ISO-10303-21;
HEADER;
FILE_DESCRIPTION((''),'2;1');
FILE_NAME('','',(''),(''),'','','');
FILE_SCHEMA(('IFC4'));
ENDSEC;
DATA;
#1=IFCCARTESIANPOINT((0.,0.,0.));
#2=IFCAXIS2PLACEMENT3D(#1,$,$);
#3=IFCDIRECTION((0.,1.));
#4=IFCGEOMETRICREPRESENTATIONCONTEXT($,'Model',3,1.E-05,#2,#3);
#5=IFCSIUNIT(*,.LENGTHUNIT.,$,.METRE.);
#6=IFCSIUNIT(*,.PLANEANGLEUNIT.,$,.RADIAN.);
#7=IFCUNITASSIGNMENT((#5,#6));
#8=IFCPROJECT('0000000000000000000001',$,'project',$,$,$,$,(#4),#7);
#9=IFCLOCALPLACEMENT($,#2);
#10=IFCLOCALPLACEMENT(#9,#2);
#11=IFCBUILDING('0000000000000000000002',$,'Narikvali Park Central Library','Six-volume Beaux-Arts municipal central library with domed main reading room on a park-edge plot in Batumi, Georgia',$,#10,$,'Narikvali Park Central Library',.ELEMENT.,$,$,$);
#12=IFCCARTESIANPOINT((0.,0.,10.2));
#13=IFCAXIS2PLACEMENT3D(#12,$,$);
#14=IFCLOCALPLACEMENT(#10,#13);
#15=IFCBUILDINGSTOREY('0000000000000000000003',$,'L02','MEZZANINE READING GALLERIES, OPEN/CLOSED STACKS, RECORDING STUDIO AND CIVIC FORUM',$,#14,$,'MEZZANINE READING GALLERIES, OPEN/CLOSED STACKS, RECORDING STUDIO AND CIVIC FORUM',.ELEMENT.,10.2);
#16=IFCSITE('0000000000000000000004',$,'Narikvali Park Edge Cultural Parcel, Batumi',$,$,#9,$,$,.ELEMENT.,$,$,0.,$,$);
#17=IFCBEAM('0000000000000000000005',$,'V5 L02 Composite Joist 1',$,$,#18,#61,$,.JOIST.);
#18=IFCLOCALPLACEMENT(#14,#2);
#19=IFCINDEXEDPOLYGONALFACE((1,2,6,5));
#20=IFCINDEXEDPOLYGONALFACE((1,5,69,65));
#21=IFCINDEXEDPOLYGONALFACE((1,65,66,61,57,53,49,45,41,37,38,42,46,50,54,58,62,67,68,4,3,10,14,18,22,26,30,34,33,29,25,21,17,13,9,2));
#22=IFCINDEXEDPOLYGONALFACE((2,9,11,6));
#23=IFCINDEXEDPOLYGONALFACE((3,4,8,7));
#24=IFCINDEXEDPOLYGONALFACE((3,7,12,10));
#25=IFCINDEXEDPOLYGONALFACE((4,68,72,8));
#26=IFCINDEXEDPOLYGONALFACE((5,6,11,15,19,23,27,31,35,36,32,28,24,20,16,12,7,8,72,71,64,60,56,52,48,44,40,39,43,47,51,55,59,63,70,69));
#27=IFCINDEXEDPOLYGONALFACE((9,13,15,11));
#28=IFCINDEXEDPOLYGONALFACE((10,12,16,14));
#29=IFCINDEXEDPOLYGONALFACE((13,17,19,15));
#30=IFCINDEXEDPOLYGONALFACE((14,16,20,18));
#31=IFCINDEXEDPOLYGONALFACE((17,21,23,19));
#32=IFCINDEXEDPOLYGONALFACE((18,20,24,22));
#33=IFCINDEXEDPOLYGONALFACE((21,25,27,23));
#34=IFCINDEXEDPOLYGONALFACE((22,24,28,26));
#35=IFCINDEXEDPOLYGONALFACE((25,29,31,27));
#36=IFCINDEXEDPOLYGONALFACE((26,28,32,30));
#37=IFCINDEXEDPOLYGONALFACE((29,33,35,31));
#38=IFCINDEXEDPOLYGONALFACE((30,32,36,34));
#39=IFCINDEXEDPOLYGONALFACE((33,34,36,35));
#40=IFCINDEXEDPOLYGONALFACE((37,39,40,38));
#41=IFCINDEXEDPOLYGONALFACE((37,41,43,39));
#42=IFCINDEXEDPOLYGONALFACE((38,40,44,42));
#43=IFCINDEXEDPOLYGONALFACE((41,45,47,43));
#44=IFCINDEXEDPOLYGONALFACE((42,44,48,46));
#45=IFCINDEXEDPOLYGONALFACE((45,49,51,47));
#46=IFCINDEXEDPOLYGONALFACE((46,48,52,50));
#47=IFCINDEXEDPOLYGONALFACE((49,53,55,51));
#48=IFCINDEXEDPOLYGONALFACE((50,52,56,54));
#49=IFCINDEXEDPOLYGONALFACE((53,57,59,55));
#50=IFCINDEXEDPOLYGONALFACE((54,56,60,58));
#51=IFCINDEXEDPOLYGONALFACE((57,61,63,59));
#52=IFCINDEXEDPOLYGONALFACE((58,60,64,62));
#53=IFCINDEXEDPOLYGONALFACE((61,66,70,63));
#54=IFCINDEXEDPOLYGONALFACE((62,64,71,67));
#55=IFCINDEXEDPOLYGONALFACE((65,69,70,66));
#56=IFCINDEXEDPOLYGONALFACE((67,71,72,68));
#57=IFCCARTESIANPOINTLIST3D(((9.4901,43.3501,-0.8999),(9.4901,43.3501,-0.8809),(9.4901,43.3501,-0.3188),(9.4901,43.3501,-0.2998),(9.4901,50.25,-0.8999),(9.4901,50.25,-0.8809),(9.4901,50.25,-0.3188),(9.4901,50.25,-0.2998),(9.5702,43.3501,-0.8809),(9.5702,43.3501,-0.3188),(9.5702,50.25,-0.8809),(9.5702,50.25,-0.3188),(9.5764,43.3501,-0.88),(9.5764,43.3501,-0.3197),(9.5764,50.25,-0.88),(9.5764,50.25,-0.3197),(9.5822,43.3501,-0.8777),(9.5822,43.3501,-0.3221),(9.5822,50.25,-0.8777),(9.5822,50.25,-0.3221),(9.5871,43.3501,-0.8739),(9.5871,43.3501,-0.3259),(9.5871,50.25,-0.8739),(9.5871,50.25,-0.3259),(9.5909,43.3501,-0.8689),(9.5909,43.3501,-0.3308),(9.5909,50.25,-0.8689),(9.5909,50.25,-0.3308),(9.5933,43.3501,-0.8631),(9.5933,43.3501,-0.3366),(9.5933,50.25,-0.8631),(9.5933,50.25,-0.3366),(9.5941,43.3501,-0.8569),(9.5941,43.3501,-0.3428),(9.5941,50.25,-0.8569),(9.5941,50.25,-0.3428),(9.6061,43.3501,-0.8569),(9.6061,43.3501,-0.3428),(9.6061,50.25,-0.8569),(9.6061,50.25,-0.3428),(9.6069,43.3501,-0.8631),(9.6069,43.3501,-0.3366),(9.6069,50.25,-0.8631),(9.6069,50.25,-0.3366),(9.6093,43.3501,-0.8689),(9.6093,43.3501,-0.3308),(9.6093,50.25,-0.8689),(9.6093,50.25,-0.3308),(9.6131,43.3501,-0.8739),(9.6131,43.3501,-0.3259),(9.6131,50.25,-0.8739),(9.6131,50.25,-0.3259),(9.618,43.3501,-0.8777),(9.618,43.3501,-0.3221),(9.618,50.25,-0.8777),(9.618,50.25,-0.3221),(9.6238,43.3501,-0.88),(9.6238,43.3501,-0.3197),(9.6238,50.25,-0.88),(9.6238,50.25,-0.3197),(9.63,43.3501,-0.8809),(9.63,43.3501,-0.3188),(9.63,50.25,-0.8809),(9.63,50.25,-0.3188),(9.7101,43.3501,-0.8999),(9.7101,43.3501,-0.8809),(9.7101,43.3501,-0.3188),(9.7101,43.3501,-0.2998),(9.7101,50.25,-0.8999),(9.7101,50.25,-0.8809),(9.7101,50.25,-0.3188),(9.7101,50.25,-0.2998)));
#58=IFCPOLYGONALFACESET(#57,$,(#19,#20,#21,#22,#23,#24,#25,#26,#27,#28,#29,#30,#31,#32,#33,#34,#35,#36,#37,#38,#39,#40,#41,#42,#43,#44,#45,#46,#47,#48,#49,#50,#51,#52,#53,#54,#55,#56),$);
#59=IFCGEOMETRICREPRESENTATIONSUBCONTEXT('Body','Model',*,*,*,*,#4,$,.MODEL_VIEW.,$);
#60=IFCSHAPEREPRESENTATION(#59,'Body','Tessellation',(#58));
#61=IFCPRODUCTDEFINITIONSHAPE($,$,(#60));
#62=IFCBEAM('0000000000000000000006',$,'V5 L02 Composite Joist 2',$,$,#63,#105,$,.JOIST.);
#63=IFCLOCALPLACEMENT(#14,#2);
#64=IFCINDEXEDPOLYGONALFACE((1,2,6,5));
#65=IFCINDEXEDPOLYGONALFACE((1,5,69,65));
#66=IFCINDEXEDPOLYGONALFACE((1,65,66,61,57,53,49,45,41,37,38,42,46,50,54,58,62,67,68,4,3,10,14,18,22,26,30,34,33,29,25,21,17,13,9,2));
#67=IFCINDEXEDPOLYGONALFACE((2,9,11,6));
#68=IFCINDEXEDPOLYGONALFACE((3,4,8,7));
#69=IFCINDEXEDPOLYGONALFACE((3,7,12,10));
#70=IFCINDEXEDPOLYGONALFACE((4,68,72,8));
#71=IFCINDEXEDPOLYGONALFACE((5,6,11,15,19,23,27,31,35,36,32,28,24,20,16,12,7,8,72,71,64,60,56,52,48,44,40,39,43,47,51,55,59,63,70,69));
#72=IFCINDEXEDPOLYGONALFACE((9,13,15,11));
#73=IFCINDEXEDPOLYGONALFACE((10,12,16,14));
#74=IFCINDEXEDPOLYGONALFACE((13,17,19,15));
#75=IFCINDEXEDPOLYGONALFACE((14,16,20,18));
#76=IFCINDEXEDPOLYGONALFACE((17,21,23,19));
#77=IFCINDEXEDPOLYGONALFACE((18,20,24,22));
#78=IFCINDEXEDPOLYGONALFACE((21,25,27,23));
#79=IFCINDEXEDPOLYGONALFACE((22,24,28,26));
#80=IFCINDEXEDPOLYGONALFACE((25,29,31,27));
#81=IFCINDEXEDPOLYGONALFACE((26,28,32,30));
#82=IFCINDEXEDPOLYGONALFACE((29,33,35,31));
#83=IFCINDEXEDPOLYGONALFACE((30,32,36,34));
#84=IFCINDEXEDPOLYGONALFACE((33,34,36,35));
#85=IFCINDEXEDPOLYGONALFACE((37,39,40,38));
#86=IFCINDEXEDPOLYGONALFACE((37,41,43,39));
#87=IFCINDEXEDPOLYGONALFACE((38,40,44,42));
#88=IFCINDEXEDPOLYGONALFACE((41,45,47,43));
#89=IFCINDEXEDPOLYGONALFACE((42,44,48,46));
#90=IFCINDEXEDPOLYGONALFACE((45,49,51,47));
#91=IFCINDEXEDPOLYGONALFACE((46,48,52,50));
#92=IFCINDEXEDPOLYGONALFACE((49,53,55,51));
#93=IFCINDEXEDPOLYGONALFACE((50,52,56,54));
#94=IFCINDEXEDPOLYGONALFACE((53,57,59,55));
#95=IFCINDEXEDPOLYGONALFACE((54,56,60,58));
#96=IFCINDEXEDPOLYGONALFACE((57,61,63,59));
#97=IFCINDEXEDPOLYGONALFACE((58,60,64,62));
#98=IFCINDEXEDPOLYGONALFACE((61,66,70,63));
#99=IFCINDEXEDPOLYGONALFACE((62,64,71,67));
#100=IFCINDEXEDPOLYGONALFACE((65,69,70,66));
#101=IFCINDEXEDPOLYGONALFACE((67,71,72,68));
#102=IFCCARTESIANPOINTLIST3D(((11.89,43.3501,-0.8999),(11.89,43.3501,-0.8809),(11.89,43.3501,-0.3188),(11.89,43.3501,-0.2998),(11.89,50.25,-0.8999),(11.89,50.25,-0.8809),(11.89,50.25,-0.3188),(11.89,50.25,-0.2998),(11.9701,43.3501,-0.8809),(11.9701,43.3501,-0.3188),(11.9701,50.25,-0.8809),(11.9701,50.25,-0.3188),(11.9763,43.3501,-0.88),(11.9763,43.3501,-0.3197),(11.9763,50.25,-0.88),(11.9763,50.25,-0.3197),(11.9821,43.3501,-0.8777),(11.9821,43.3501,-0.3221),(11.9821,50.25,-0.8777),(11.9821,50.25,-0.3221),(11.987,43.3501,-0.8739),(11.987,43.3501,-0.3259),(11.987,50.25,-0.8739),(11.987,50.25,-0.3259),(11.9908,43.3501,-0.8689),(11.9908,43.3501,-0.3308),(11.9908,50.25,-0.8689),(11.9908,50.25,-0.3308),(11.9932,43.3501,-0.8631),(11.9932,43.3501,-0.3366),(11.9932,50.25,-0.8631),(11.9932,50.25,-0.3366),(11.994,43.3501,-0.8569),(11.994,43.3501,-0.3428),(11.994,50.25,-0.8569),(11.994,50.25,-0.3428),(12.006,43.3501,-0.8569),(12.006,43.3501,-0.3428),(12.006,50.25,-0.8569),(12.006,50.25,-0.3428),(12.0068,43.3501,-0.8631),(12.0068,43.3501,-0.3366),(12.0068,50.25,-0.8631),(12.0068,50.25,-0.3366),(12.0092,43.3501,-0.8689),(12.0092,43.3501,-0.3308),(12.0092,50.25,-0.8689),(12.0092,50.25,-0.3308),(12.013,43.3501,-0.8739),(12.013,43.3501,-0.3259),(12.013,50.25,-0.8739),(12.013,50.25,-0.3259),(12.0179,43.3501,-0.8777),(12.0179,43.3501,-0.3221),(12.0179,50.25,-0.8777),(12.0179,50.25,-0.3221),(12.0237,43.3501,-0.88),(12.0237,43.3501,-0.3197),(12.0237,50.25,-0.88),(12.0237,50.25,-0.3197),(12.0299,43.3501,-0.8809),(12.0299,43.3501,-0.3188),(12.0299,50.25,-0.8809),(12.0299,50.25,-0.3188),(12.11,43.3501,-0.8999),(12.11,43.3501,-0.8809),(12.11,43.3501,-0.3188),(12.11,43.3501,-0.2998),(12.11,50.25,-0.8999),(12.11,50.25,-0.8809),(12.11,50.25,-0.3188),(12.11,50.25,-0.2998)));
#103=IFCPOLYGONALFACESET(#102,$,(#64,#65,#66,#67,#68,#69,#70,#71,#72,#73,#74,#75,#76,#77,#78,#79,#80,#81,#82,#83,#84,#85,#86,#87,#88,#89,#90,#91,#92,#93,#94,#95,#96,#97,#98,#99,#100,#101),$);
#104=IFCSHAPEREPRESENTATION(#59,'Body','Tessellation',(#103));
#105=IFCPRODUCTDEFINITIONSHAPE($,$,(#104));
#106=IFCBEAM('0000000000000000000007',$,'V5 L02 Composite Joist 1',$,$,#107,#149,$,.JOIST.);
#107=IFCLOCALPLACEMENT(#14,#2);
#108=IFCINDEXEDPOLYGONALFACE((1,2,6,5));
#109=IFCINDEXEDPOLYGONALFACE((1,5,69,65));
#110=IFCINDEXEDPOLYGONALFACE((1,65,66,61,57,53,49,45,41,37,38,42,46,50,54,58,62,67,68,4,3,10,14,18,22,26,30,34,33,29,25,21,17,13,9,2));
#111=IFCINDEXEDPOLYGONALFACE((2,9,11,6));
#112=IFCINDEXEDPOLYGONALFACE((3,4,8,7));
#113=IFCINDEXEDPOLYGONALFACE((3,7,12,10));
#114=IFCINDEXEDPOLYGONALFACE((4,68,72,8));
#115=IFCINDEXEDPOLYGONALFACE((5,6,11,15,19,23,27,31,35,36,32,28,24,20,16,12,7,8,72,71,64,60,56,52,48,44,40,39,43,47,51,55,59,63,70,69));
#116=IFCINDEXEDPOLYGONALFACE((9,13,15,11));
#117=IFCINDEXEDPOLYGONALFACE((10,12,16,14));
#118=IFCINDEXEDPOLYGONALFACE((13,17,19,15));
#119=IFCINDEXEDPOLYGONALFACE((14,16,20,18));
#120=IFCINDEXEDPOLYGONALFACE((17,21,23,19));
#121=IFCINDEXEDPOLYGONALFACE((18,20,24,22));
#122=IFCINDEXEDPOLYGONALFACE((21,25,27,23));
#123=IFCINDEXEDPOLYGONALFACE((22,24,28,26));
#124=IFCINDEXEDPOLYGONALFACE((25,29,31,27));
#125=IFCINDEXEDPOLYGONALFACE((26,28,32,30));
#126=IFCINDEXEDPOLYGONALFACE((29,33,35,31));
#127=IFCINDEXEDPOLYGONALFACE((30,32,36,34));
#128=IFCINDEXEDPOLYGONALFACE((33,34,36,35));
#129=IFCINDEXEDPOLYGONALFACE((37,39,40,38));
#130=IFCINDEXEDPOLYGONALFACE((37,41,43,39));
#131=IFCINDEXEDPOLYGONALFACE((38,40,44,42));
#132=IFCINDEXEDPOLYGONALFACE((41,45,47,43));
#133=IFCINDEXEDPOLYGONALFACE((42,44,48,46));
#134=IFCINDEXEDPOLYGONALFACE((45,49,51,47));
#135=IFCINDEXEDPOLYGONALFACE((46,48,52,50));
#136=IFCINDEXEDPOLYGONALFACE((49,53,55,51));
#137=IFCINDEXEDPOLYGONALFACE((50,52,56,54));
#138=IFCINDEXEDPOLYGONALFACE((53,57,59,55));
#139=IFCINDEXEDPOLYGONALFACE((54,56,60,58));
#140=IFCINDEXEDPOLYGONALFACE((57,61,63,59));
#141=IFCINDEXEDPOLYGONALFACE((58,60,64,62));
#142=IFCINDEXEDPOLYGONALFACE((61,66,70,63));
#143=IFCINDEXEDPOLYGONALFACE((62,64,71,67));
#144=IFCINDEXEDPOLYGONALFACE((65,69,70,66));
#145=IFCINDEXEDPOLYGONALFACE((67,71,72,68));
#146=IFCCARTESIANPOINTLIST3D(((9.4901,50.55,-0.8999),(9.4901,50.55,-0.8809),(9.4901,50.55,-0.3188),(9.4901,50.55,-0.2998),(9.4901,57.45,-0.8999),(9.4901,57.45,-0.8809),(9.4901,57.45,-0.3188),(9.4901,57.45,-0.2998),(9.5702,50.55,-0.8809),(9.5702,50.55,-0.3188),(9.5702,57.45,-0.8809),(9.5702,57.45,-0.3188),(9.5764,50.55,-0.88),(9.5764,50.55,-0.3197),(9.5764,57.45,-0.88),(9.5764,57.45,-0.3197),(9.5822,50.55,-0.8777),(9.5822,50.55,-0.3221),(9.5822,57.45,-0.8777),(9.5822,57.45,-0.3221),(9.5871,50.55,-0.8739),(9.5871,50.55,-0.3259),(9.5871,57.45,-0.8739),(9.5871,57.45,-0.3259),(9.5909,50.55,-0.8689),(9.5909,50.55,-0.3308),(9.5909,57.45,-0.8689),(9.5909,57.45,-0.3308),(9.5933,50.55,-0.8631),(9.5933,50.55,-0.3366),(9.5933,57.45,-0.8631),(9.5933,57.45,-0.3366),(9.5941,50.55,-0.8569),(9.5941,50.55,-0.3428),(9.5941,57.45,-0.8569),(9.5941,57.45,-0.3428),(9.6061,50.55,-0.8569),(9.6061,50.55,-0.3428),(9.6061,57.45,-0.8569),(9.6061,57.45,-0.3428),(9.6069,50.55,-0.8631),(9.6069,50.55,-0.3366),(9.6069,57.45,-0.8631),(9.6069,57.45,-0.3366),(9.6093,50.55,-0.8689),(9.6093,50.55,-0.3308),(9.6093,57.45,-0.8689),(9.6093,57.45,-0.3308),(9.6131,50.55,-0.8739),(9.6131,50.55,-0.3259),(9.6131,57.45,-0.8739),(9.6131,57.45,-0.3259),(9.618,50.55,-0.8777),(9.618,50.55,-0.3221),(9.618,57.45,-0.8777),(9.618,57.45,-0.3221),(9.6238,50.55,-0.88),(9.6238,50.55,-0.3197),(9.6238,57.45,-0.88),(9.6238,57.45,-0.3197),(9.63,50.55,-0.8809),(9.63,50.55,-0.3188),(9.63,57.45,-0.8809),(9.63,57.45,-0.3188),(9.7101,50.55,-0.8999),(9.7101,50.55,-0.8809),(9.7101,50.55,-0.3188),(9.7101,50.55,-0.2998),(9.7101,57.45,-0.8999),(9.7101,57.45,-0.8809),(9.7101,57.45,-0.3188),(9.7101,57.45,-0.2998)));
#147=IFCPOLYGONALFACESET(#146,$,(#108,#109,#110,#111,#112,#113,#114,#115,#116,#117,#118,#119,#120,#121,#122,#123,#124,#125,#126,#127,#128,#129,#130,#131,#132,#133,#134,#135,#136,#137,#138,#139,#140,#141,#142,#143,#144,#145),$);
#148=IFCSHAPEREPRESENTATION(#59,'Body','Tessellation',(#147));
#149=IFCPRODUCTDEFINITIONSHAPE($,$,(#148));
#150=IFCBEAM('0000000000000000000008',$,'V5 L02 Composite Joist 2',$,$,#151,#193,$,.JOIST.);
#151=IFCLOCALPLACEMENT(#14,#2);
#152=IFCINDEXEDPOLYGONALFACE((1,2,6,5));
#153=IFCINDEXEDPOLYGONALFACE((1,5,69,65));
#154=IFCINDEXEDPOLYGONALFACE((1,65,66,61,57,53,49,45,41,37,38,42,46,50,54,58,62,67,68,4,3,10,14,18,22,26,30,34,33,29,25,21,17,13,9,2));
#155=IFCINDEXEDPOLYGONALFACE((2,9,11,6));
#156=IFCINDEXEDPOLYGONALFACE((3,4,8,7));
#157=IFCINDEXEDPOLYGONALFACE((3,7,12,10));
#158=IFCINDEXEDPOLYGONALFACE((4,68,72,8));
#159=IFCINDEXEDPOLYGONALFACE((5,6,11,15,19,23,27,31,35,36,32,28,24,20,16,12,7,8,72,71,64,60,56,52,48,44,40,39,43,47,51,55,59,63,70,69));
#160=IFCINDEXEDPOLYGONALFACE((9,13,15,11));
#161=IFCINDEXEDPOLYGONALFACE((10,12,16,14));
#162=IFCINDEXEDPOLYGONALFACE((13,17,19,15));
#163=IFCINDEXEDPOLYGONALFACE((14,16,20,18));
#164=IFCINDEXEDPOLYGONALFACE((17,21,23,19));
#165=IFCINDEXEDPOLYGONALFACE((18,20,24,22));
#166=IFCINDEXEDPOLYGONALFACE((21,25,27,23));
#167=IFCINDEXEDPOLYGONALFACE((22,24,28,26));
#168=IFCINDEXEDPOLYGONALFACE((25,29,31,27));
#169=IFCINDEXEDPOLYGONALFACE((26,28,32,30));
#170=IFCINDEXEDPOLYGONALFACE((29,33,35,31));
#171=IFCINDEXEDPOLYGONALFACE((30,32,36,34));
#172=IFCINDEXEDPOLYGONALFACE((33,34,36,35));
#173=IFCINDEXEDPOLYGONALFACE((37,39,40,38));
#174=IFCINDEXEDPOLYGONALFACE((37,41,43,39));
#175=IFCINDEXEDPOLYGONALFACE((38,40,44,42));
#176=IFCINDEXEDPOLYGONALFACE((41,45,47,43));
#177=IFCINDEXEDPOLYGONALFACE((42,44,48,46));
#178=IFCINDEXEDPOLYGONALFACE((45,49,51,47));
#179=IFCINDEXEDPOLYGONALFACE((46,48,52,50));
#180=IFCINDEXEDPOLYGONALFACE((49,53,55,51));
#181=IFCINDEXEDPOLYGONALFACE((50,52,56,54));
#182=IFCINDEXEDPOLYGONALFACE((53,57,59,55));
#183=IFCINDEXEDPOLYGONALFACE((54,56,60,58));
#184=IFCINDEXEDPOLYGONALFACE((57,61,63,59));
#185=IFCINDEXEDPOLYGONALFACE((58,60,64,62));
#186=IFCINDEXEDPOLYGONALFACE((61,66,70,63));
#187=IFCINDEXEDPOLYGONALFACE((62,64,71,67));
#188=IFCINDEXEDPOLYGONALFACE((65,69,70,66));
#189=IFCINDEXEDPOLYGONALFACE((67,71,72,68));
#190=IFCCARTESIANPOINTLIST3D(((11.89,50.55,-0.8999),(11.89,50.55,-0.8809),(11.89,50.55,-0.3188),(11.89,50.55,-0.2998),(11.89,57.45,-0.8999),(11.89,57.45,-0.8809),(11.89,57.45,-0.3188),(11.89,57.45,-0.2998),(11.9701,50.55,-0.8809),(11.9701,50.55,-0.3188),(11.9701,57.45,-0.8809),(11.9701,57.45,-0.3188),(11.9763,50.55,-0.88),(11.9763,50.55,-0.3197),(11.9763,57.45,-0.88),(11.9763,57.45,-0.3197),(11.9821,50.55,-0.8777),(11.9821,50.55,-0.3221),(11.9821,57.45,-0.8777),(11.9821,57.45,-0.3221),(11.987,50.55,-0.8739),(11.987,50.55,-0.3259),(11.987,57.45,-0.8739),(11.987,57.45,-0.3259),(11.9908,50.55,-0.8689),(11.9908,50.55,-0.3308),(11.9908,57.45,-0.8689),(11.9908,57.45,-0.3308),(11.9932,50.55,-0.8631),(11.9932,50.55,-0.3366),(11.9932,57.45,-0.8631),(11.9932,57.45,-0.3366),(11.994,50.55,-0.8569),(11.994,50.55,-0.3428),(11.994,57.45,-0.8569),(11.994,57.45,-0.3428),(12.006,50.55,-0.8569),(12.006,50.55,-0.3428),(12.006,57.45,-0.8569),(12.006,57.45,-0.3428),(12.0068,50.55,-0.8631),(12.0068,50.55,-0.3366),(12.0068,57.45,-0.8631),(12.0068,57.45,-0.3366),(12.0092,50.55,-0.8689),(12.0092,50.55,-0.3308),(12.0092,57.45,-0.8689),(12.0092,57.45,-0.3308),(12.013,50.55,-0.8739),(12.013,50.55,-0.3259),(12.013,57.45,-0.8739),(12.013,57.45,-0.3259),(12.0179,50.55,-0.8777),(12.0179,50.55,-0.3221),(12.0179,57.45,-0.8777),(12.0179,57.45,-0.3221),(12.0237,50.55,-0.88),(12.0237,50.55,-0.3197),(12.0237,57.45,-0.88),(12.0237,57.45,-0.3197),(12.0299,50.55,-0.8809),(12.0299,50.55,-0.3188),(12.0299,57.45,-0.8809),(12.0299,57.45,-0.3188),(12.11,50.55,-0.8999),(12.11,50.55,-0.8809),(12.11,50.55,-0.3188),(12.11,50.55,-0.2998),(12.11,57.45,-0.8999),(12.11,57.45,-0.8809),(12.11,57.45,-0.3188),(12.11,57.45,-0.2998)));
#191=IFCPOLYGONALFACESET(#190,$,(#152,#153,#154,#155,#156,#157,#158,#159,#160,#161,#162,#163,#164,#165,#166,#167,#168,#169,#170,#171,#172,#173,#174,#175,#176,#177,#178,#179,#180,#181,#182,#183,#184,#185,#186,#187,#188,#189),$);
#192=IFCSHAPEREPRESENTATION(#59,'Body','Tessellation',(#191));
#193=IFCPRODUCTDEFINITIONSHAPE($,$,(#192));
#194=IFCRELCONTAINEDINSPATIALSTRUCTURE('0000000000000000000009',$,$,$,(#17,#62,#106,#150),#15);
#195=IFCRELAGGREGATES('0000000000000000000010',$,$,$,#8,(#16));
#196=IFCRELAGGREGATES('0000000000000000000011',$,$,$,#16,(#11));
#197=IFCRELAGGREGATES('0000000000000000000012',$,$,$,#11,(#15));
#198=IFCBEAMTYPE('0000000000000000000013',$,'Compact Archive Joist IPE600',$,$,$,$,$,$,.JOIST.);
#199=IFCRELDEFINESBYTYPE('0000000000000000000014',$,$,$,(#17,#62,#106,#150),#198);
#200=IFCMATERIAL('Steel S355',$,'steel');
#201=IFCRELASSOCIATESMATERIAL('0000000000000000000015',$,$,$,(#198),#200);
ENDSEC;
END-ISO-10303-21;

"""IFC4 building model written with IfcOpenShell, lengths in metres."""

from ifc_helpers import new_model, si_unit, direction, frame, origin, origin_2d, place, context, subcontext, project, spatial, i_section, extrude, material, material_profile, profile_set, type_object, element, save


model = new_model("IFC4")

# Units and contexts
model_context = context("Model", 3, precision=1e-05, world=origin(), true_north=direction((0.0, 1.0)))
body_context = subcontext(model_context, "Body", "Model", "MODEL_VIEW")
ifc_project = project(units=[si_unit("LENGTHUNIT", "METRE"), si_unit("PLANEANGLEUNIT", "RADIAN")], contexts=[model_context])

# Site, building, storey
site_placement = place(None, origin())
site = spatial("IfcSite", under=ifc_project, at=site_placement, Name="Narikvali Park Edge Cultural Parcel, Batumi", CompositionType="ELEMENT", RefElevation=0.0)
building_placement = place(site_placement, origin())
building = spatial("IfcBuilding", under=site, at=building_placement, Name="Narikvali Park Central Library", Description="Six-volume Beaux-Arts municipal central library with domed main reading room on a park-edge plot in Batumi, Georgia", LongName="Narikvali Park Central Library", CompositionType="ELEMENT")
storey_placement = place(building_placement, frame((0.0, 0.0, 10.2)))
storey = spatial("IfcBuildingStorey", under=building, at=storey_placement, Name="L02", Description="MEZZANINE READING GALLERIES, OPEN/CLOSED STACKS, RECORDING STUDIO AND CIVIC FORUM", LongName="MEZZANINE READING GALLERIES, OPEN/CLOSED STACKS, RECORDING STUDIO AND CIVIC FORUM", CompositionType="ELEMENT", Elevation=10.2)

# Shared definitions
ifc_material_1 = material(Name="Steel S355", Category="steel")

# Beams
ifc_material_profile_1 = material_profile(ifc_material_1, i_section(OverallWidth=0.22, OverallDepth=0.6001, WebThickness=0.012, FlangeThickness=0.019, FilletRadius=0.0239, at=origin_2d()), Name="IPE 600")
ifc_profile_set_1 = profile_set([ifc_material_profile_1], Name="Steel S355")
beam_type_1 = type_object("IfcBeamType", Name="Compact Archive Joist IPE600", PredefinedType="JOIST", material=ifc_profile_set_1)
for number, where, z_axis, x_axis, name in (
    (1, (9.6001, 43.3501, -0.5999), (0.0, 1.0, 0.0), (-1.0, 0.0, 0.0), "V5 L02 Composite Joist 1"),
    (2, (12.0, 43.3501, -0.5999), (0.0, 1.0, 0.0), (-1.0, 0.0, 0.0), "V5 L02 Composite Joist 2"),
    (3, (9.6001, 50.55, -0.5999), (0.0, 1.0, 0.0), (-1.0, 0.0, 0.0), "V5 L02 Composite Joist 1"),
    (4, (12.0, 50.55, -0.5999), (0.0, 1.0, 0.0), (-1.0, 0.0, 0.0), "V5 L02 Composite Joist 2"),
):
    element("IfcBeam", number, at=place(storey_placement, frame(where, z_axis=z_axis, x_axis=x_axis)), inside=storey, type_object=beam_type_1, Name=name, PredefinedType="JOIST", context=body_context, shape_type="SweptSolid", body=[
        extrude(i_section(OverallWidth=0.22, OverallDepth=0.6001, WebThickness=0.012, FlangeThickness=0.019, FilletRadius=0.0239, at=origin_2d()), origin(), (0.0, 0.0, 1.0), 6.8999),
    ])

save(model, "model.ifc")
